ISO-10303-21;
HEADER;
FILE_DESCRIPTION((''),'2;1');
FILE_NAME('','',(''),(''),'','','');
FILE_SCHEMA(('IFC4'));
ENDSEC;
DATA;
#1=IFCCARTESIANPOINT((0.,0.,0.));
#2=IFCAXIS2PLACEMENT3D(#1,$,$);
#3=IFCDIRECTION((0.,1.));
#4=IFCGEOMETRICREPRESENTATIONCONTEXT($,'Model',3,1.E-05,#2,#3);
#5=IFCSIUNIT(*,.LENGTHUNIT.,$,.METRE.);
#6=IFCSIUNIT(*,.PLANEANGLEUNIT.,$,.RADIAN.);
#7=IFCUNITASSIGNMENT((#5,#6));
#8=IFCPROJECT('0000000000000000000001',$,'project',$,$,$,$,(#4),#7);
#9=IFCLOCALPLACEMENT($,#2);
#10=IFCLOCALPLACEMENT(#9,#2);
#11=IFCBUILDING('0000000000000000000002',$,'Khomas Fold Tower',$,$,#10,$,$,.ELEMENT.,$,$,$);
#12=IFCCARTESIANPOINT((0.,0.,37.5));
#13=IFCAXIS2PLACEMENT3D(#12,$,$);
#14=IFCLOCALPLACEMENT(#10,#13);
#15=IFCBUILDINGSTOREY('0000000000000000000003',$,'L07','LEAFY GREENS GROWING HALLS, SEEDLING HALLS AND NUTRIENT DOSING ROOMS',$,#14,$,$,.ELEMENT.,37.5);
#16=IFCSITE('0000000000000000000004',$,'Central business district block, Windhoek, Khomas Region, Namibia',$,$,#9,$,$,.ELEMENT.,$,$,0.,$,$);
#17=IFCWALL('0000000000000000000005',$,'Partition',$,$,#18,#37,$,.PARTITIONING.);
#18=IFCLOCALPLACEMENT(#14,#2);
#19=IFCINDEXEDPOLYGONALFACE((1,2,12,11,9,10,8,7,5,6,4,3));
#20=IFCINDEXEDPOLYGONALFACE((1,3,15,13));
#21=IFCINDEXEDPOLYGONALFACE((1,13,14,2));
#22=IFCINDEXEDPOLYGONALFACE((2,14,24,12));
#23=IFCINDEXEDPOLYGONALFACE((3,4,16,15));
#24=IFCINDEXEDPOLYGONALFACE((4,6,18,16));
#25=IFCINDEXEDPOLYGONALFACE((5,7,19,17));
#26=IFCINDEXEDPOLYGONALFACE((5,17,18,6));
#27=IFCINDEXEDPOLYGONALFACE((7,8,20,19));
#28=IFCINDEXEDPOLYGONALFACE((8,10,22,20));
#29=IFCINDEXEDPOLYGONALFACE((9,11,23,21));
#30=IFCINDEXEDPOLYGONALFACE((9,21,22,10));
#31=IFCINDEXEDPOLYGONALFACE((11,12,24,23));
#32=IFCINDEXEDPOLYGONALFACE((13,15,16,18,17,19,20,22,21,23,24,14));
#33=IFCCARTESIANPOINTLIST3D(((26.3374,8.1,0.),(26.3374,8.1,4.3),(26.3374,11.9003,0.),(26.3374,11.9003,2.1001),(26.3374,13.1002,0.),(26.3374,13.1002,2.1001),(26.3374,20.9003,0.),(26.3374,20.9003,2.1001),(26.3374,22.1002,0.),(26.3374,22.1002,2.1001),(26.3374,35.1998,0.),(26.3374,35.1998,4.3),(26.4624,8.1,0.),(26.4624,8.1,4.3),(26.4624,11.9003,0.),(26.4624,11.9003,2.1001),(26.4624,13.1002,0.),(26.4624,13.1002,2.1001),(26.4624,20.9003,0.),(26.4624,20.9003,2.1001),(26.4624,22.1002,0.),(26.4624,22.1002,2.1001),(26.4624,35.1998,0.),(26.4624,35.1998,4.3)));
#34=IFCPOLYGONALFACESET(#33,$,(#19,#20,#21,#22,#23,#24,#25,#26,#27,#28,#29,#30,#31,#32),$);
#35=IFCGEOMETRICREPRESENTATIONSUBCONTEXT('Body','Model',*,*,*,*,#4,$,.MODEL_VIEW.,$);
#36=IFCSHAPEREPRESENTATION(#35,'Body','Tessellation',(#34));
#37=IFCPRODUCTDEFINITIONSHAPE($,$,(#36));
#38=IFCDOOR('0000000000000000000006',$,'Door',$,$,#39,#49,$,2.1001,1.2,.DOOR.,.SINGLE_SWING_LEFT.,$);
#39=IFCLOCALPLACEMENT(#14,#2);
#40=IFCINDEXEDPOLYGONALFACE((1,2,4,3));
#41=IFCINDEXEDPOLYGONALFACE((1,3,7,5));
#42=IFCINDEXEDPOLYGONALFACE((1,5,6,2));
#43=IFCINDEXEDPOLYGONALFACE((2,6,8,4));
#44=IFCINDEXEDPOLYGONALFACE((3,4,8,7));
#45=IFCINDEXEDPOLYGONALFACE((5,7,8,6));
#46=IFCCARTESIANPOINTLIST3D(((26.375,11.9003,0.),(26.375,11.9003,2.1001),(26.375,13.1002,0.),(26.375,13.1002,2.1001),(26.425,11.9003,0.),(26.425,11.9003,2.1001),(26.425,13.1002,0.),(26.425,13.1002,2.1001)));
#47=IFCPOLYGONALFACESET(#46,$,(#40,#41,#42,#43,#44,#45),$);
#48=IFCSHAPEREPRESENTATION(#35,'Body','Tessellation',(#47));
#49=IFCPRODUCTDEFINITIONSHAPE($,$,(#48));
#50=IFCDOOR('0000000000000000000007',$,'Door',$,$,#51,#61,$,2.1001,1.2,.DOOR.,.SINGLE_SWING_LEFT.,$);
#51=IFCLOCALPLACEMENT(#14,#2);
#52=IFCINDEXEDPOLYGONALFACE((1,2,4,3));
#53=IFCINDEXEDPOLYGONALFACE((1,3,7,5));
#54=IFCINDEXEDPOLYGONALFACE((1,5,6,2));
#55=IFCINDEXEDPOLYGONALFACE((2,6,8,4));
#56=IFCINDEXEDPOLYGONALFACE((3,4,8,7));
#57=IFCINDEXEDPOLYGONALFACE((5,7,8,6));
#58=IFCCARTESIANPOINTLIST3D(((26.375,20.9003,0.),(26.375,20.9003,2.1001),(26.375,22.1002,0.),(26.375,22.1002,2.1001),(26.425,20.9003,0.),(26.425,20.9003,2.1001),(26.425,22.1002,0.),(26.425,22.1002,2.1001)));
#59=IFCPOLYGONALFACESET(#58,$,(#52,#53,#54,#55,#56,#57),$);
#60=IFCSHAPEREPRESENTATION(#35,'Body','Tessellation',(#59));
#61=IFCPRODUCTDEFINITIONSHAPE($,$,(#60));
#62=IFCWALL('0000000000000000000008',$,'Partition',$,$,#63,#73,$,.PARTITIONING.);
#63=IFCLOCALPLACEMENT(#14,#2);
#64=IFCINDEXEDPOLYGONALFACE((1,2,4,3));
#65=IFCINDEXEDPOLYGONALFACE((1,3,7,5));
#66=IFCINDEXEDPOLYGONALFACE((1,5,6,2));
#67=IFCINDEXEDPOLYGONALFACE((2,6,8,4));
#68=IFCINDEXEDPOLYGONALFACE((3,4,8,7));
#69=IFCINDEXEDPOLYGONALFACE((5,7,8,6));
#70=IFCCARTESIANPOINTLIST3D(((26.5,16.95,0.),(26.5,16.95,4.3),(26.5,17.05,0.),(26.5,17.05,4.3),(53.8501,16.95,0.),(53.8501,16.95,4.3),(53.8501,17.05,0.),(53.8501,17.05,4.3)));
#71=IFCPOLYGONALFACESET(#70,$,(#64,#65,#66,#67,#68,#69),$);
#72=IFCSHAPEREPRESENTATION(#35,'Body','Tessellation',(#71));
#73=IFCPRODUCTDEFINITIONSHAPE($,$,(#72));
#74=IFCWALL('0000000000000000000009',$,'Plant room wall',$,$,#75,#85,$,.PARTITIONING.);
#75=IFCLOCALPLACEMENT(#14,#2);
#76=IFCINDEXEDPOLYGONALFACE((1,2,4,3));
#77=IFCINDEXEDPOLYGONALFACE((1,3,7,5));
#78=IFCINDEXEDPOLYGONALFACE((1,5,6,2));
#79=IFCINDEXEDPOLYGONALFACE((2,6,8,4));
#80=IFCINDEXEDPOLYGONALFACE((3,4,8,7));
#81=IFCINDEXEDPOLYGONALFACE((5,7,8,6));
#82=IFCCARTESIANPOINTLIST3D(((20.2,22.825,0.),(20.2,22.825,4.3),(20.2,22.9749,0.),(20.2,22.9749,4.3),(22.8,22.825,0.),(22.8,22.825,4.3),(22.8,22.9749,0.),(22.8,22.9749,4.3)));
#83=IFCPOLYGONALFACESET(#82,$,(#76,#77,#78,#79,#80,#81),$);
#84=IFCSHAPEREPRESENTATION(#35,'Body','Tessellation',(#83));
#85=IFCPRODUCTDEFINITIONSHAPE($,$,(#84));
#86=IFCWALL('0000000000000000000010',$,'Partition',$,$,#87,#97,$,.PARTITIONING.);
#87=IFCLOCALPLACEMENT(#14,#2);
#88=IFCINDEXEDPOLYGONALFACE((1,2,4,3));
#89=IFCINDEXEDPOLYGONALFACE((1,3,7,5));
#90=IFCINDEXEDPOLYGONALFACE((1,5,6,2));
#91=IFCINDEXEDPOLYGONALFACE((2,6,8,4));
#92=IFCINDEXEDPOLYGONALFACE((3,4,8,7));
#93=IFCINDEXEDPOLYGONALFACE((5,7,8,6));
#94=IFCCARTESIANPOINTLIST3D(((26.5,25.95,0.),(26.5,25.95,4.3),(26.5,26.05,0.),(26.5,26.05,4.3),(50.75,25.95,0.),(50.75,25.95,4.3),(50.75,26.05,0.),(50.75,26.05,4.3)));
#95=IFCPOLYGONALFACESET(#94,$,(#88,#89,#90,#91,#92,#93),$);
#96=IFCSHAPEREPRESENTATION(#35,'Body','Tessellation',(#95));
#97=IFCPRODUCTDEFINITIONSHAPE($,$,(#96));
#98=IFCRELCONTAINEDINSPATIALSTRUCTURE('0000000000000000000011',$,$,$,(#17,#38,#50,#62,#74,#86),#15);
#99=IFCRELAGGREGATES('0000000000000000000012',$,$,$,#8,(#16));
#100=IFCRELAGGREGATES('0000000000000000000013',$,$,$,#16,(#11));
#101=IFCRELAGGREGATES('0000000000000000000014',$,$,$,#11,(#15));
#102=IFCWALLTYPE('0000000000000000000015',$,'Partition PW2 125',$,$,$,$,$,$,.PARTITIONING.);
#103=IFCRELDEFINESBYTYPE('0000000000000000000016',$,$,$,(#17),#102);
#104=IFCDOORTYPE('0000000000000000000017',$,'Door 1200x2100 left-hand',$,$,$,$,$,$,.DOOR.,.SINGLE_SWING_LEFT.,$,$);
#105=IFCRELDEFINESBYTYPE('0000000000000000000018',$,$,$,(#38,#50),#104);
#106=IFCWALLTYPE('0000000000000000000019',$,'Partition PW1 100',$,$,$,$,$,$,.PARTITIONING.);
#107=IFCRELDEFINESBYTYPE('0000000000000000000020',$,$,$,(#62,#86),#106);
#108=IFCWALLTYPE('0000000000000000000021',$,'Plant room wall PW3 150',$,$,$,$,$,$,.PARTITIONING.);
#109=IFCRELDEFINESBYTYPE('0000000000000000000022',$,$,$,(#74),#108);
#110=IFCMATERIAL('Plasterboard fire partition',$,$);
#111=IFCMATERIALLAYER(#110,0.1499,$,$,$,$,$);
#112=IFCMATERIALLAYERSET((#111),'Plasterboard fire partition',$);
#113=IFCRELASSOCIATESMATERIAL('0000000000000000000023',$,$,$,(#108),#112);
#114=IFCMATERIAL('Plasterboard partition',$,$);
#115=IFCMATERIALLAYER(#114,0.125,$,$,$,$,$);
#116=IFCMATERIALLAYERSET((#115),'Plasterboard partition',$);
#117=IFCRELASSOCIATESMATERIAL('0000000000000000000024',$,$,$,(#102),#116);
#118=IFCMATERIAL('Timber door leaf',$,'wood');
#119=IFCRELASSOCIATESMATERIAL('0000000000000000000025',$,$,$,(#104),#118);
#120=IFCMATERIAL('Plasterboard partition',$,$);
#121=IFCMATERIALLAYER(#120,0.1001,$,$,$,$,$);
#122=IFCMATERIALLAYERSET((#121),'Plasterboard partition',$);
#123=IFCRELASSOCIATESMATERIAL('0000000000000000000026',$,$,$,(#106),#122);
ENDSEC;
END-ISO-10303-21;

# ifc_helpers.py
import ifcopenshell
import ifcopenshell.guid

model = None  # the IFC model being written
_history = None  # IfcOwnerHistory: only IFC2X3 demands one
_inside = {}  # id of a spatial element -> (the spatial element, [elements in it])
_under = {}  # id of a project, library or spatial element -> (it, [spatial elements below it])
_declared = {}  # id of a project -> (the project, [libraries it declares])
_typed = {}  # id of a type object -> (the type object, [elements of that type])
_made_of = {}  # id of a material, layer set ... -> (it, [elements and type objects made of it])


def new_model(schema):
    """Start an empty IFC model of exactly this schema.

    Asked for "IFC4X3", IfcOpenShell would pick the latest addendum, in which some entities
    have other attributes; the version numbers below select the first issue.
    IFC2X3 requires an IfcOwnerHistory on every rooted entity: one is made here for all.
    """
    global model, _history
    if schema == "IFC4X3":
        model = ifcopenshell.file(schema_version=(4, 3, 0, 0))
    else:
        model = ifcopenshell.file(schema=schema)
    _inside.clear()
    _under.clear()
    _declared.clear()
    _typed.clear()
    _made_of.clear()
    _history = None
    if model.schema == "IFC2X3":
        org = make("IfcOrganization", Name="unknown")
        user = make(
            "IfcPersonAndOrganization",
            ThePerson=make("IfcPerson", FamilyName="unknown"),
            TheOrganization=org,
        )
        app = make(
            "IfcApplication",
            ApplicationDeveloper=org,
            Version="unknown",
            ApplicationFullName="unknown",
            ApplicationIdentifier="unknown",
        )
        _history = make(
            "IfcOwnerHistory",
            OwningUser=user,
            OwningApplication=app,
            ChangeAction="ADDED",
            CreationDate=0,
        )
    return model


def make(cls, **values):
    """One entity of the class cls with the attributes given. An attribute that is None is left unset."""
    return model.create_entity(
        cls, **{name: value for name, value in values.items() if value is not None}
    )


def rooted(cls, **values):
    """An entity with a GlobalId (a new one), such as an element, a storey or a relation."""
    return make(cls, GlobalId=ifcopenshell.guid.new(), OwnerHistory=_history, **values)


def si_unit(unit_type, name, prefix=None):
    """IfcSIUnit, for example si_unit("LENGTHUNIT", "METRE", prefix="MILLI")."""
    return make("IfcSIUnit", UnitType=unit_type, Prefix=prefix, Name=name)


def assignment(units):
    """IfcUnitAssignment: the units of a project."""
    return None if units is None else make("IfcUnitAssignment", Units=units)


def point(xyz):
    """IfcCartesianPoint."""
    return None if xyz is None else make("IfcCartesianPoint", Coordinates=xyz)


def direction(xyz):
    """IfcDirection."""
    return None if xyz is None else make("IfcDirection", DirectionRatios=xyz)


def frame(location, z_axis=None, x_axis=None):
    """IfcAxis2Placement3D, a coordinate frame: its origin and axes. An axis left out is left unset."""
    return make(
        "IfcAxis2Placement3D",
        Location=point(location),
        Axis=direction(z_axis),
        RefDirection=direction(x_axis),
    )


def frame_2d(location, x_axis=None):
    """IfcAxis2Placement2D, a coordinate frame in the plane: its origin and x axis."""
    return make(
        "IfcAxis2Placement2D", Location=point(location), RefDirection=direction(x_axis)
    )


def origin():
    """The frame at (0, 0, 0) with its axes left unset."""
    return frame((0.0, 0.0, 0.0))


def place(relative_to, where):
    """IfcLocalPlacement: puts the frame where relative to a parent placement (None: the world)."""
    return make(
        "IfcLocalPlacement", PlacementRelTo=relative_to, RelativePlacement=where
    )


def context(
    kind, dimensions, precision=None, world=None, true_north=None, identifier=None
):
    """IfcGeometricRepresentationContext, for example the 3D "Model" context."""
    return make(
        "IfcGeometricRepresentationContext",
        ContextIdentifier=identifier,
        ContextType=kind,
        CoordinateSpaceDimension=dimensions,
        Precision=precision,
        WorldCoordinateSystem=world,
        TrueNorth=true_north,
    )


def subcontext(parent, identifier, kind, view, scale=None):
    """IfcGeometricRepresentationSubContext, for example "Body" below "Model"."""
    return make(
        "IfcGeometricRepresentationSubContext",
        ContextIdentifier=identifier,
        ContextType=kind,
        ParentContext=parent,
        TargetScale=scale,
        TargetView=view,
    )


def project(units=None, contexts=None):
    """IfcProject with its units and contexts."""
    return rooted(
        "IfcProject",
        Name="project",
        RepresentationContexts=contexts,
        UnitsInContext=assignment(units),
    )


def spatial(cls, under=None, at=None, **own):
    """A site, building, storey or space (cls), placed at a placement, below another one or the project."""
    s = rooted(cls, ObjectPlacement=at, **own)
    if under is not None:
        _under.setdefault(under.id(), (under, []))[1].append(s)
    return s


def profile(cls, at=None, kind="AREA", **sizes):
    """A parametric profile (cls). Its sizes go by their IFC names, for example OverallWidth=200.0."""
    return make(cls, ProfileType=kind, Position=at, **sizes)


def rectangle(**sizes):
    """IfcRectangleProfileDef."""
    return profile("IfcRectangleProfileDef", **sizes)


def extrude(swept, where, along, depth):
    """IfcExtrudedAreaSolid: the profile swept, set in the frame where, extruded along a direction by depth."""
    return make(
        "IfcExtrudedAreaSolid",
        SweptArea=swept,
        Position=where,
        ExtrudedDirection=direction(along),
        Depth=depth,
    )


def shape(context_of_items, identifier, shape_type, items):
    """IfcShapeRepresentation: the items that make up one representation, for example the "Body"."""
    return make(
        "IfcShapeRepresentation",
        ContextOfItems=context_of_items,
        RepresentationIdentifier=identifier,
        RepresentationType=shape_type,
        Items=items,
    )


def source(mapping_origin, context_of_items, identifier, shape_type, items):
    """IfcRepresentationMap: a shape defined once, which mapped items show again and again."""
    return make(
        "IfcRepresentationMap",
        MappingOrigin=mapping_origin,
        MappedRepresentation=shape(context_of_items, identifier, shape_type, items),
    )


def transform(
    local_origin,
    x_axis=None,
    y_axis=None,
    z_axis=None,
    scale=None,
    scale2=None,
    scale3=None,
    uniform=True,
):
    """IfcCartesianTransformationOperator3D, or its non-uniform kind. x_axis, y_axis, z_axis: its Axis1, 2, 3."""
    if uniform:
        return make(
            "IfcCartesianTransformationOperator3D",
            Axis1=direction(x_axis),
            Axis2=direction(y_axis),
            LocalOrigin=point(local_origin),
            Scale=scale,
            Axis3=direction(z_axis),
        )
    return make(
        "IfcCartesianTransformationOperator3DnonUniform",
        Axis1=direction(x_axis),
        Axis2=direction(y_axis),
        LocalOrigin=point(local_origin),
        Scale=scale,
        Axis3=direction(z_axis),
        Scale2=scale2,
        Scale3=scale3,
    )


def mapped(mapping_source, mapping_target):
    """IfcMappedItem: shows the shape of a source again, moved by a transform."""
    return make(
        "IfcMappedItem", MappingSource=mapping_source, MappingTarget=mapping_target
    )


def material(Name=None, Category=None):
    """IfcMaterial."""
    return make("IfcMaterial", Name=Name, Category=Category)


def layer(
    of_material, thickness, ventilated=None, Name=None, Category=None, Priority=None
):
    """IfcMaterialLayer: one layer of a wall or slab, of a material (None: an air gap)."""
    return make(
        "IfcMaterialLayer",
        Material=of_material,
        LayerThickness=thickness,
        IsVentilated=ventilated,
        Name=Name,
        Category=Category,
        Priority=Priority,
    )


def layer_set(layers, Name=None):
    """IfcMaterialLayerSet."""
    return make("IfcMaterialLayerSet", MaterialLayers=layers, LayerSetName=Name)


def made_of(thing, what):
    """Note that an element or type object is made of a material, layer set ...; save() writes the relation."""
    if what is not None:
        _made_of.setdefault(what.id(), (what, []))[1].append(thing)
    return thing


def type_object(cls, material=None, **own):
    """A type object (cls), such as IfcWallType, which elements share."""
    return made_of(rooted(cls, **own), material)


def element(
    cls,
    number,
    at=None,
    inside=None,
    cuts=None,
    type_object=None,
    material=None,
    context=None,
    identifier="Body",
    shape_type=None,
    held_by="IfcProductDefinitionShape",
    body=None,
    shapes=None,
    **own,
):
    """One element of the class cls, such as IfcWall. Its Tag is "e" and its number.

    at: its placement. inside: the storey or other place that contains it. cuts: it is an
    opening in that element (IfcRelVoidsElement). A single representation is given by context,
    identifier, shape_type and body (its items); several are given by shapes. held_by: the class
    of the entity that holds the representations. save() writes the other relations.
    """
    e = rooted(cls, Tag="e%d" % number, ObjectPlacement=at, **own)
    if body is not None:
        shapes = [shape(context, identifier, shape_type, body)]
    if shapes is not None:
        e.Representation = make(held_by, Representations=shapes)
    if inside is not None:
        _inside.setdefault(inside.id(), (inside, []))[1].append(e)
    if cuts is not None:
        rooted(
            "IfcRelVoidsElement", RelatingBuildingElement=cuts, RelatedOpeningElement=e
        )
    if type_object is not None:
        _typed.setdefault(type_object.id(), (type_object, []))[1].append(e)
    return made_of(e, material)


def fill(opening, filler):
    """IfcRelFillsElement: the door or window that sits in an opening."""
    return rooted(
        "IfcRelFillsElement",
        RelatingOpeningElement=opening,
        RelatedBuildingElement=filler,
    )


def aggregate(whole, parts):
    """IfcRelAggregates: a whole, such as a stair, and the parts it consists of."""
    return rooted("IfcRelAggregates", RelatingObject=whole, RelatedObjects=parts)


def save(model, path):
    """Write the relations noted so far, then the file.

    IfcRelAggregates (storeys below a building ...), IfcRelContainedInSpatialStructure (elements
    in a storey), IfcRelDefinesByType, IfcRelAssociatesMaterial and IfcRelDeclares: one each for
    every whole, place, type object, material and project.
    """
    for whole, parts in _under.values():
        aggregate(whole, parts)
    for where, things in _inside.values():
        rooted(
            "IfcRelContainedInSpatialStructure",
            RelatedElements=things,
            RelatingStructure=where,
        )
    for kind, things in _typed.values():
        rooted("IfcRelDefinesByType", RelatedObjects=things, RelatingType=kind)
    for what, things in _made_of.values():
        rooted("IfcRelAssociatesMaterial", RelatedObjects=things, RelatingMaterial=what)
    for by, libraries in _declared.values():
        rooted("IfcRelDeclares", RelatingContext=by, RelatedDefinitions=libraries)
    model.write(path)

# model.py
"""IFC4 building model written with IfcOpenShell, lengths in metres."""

from ifc_helpers import new_model, si_unit, direction, frame, frame_2d, origin, place, context, subcontext, project, spatial, rectangle, extrude, source, transform, mapped, material, layer, layer_set, type_object, element, fill, save


model = new_model("IFC4")

# Units and contexts
model_context = context("Model", 3, precision=1e-05, world=origin(), true_north=direction((0.0, 1.0)))
body_context = subcontext(model_context, "Body", "Model", "MODEL_VIEW")
ifc_project = project(units=[si_unit("LENGTHUNIT", "METRE"), si_unit("PLANEANGLEUNIT", "RADIAN")], contexts=[model_context])

# Site, building, storey
site_placement = place(None, origin())
site = spatial("IfcSite", under=ifc_project, at=site_placement, Name="Central business district block, Windhoek, Khomas Region, Namibia", CompositionType="ELEMENT", RefElevation=0.0)
building_placement = place(site_placement, origin())
building = spatial("IfcBuilding", under=site, at=building_placement, Name="Khomas Fold Tower", CompositionType="ELEMENT")
storey_placement = place(building_placement, frame((0.0, 0.0, 37.5)))
storey = spatial("IfcBuildingStorey", under=building, at=storey_placement, Name="L07", Description="LEAFY GREENS GROWING HALLS, SEEDLING HALLS AND NUTRIENT DOSING ROOMS", CompositionType="ELEMENT", Elevation=37.5)

# Shared definitions
ifc_material_1 = material(Name="Plasterboard fire partition")
ifc_layer_1 = layer(ifc_material_1, 0.1499)
ifc_layer_set_1 = layer_set([ifc_layer_1], Name="Plasterboard fire partition")
wall_type_1 = type_object("IfcWallType", Name="Plant room wall PW3 150", PredefinedType="PARTITIONING", material=ifc_layer_set_1)
shared_shape_1 = source(origin(), body_context, "Body", "SweptSolid", [
    extrude(rectangle(XDim=1.2, YDim=2.1001, at=frame_2d((0.6001, 1.05))), frame((0.0, 0.0249, 0.0), z_axis=(0.0, -1.0, 0.0), x_axis=(1.0, 0.0, 0.0)), (0.0, 0.0, 1.0), 0.05),
])

# Wall, openings, doors
ifc_material_2 = material(Name="Plasterboard partition")
ifc_layer_2 = layer(ifc_material_2, 0.125)
ifc_layer_set_2 = layer_set([ifc_layer_2], Name="Plasterboard partition")
wall_type_2 = type_object("IfcWallType", Name="Partition PW2 125", PredefinedType="PARTITIONING", material=ifc_layer_set_2)
shared_shape_2 = source(origin(), body_context, "Body", "SweptSolid", [
    extrude(rectangle(XDim=27.0999, YDim=0.125, at=frame_2d((13.5498, 0.0))), origin(), (0.0, 0.0, 1.0), 4.3),
])
wall_1_placement = place(storey_placement, frame((26.3999, 8.1001, 0.0), z_axis=(0.0, 0.0, 1.0), x_axis=(0.0, 1.0, 0.0)))
wall_1 = element("IfcWall", 1, at=wall_1_placement, inside=storey, type_object=wall_type_2, Name="Partition", PredefinedType="PARTITIONING", context=body_context, shape_type="MappedRepresentation", body=[
    mapped(shared_shape_2, transform((0.0, 0.0, 0.0))),
])
shared_shape_3 = source(origin(), body_context, "Body", "SweptSolid", [
    extrude(rectangle(XDim=1.2, YDim=2.1001, at=frame_2d((0.6001, 1.05))), frame((0.0, 0.0725, 0.0), z_axis=(0.0, -1.0, 0.0), x_axis=(1.0, 0.0, 0.0)), (0.0, 0.0, 1.0), 0.145),
])
opening_1_placement = place(wall_1_placement, frame((3.8, 0.0, 0.0)))
opening_1 = element("IfcOpeningElement", 2, at=opening_1_placement, cuts=wall_1, PredefinedType="OPENING", context=body_context, shape_type="MappedRepresentation", body=[
    mapped(shared_shape_3, transform((0.0, 0.0, 0.0))),
])
opening_2_placement = place(wall_1_placement, frame((12.8, 0.0, 0.0)))
opening_2 = element("IfcOpeningElement", 3, at=opening_2_placement, cuts=wall_1, PredefinedType="OPENING", context=body_context, shape_type="MappedRepresentation", body=[
    mapped(shared_shape_3, transform((0.0, 0.0, 0.0))),
])
ifc_material_3 = material(Name="Timber door leaf", Category="wood")
door_type_1 = type_object("IfcDoorType", Name="Door 1200x2100 left-hand", OperationType="SINGLE_SWING_LEFT", PredefinedType="DOOR", material=ifc_material_3)
door_1_placement = place(opening_1_placement, origin())
door_1 = element("IfcDoor", 4, at=door_1_placement, inside=storey, type_object=door_type_1, Name="Door", OperationType="SINGLE_SWING_LEFT", OverallHeight=2.1001, OverallWidth=1.2, PredefinedType="DOOR", context=body_context, shape_type="MappedRepresentation", body=[
    mapped(shared_shape_1, transform((0.0, 0.0, 0.0))),
])
fill(opening_1, door_1)
door_2_placement = place(opening_2_placement, origin())
door_2 = element("IfcDoor", 5, at=door_2_placement, inside=storey, type_object=door_type_1, Name="Door", OperationType="SINGLE_SWING_LEFT", OverallHeight=2.1001, OverallWidth=1.2, PredefinedType="DOOR", context=body_context, shape_type="MappedRepresentation", body=[
    mapped(shared_shape_1, transform((0.0, 0.0, 0.0))),
])
fill(opening_2, door_2)

# Walls
ifc_material_4 = material(Name="Plasterboard partition")
ifc_layer_3 = layer(ifc_material_4, 0.1001)
ifc_layer_set_3 = layer_set([ifc_layer_3], Name="Plasterboard partition")
wall_type_3 = type_object("IfcWallType", Name="Partition PW1 100", PredefinedType="PARTITIONING", material=ifc_layer_set_3)
shared_shape_4 = source(origin(), body_context, "Body", "SweptSolid", [
    extrude(rectangle(XDim=27.3501, YDim=0.1001, at=frame_2d((13.675, 0.0))), origin(), (0.0, 0.0, 1.0), 4.3),
])
wall_2_placement = place(storey_placement, frame((26.5, 17.0, 0.0), z_axis=(0.0, 0.0, 1.0), x_axis=(1.0, 0.0, 0.0)))
element("IfcWall", 6, at=wall_2_placement, inside=storey, type_object=wall_type_3, Name="Partition", PredefinedType="PARTITIONING", context=body_context, shape_type="MappedRepresentation", body=[
    mapped(shared_shape_4, transform((0.0, 0.0, 0.0))),
])
shared_shape_5 = source(origin(), body_context, "Body", "SweptSolid", [
    extrude(rectangle(XDim=2.6001, YDim=0.1499, at=frame_2d((1.3, 0.0))), origin(), (0.0, 0.0, 1.0), 4.3),
])
wall_3_placement = place(storey_placement, frame((20.2, 22.8999, 0.0), z_axis=(0.0, 0.0, 1.0), x_axis=(1.0, 0.0, 0.0)))
element("IfcWall", 7, at=wall_3_placement, inside=storey, type_object=wall_type_1, Name="Plant room wall", PredefinedType="PARTITIONING", context=body_context, shape_type="MappedRepresentation", body=[
    mapped(shared_shape_5, transform((0.0, 0.0, 0.0))),
])
shared_shape_6 = source(origin(), body_context, "Body", "SweptSolid", [
    extrude(rectangle(XDim=24.25, YDim=0.1001, at=frame_2d((12.125, 0.0))), origin(), (0.0, 0.0, 1.0), 4.3),
])
wall_4_placement = place(storey_placement, frame((26.5, 26.0, 0.0), z_axis=(0.0, 0.0, 1.0), x_axis=(1.0, 0.0, 0.0)))
element("IfcWall", 8, at=wall_4_placement, inside=storey, type_object=wall_type_3, Name="Partition", PredefinedType="PARTITIONING", context=body_context, shape_type="MappedRepresentation", body=[
    mapped(shared_shape_6, transform((0.0, 0.0, 0.0))),
])

save(model, "model.ifc")
